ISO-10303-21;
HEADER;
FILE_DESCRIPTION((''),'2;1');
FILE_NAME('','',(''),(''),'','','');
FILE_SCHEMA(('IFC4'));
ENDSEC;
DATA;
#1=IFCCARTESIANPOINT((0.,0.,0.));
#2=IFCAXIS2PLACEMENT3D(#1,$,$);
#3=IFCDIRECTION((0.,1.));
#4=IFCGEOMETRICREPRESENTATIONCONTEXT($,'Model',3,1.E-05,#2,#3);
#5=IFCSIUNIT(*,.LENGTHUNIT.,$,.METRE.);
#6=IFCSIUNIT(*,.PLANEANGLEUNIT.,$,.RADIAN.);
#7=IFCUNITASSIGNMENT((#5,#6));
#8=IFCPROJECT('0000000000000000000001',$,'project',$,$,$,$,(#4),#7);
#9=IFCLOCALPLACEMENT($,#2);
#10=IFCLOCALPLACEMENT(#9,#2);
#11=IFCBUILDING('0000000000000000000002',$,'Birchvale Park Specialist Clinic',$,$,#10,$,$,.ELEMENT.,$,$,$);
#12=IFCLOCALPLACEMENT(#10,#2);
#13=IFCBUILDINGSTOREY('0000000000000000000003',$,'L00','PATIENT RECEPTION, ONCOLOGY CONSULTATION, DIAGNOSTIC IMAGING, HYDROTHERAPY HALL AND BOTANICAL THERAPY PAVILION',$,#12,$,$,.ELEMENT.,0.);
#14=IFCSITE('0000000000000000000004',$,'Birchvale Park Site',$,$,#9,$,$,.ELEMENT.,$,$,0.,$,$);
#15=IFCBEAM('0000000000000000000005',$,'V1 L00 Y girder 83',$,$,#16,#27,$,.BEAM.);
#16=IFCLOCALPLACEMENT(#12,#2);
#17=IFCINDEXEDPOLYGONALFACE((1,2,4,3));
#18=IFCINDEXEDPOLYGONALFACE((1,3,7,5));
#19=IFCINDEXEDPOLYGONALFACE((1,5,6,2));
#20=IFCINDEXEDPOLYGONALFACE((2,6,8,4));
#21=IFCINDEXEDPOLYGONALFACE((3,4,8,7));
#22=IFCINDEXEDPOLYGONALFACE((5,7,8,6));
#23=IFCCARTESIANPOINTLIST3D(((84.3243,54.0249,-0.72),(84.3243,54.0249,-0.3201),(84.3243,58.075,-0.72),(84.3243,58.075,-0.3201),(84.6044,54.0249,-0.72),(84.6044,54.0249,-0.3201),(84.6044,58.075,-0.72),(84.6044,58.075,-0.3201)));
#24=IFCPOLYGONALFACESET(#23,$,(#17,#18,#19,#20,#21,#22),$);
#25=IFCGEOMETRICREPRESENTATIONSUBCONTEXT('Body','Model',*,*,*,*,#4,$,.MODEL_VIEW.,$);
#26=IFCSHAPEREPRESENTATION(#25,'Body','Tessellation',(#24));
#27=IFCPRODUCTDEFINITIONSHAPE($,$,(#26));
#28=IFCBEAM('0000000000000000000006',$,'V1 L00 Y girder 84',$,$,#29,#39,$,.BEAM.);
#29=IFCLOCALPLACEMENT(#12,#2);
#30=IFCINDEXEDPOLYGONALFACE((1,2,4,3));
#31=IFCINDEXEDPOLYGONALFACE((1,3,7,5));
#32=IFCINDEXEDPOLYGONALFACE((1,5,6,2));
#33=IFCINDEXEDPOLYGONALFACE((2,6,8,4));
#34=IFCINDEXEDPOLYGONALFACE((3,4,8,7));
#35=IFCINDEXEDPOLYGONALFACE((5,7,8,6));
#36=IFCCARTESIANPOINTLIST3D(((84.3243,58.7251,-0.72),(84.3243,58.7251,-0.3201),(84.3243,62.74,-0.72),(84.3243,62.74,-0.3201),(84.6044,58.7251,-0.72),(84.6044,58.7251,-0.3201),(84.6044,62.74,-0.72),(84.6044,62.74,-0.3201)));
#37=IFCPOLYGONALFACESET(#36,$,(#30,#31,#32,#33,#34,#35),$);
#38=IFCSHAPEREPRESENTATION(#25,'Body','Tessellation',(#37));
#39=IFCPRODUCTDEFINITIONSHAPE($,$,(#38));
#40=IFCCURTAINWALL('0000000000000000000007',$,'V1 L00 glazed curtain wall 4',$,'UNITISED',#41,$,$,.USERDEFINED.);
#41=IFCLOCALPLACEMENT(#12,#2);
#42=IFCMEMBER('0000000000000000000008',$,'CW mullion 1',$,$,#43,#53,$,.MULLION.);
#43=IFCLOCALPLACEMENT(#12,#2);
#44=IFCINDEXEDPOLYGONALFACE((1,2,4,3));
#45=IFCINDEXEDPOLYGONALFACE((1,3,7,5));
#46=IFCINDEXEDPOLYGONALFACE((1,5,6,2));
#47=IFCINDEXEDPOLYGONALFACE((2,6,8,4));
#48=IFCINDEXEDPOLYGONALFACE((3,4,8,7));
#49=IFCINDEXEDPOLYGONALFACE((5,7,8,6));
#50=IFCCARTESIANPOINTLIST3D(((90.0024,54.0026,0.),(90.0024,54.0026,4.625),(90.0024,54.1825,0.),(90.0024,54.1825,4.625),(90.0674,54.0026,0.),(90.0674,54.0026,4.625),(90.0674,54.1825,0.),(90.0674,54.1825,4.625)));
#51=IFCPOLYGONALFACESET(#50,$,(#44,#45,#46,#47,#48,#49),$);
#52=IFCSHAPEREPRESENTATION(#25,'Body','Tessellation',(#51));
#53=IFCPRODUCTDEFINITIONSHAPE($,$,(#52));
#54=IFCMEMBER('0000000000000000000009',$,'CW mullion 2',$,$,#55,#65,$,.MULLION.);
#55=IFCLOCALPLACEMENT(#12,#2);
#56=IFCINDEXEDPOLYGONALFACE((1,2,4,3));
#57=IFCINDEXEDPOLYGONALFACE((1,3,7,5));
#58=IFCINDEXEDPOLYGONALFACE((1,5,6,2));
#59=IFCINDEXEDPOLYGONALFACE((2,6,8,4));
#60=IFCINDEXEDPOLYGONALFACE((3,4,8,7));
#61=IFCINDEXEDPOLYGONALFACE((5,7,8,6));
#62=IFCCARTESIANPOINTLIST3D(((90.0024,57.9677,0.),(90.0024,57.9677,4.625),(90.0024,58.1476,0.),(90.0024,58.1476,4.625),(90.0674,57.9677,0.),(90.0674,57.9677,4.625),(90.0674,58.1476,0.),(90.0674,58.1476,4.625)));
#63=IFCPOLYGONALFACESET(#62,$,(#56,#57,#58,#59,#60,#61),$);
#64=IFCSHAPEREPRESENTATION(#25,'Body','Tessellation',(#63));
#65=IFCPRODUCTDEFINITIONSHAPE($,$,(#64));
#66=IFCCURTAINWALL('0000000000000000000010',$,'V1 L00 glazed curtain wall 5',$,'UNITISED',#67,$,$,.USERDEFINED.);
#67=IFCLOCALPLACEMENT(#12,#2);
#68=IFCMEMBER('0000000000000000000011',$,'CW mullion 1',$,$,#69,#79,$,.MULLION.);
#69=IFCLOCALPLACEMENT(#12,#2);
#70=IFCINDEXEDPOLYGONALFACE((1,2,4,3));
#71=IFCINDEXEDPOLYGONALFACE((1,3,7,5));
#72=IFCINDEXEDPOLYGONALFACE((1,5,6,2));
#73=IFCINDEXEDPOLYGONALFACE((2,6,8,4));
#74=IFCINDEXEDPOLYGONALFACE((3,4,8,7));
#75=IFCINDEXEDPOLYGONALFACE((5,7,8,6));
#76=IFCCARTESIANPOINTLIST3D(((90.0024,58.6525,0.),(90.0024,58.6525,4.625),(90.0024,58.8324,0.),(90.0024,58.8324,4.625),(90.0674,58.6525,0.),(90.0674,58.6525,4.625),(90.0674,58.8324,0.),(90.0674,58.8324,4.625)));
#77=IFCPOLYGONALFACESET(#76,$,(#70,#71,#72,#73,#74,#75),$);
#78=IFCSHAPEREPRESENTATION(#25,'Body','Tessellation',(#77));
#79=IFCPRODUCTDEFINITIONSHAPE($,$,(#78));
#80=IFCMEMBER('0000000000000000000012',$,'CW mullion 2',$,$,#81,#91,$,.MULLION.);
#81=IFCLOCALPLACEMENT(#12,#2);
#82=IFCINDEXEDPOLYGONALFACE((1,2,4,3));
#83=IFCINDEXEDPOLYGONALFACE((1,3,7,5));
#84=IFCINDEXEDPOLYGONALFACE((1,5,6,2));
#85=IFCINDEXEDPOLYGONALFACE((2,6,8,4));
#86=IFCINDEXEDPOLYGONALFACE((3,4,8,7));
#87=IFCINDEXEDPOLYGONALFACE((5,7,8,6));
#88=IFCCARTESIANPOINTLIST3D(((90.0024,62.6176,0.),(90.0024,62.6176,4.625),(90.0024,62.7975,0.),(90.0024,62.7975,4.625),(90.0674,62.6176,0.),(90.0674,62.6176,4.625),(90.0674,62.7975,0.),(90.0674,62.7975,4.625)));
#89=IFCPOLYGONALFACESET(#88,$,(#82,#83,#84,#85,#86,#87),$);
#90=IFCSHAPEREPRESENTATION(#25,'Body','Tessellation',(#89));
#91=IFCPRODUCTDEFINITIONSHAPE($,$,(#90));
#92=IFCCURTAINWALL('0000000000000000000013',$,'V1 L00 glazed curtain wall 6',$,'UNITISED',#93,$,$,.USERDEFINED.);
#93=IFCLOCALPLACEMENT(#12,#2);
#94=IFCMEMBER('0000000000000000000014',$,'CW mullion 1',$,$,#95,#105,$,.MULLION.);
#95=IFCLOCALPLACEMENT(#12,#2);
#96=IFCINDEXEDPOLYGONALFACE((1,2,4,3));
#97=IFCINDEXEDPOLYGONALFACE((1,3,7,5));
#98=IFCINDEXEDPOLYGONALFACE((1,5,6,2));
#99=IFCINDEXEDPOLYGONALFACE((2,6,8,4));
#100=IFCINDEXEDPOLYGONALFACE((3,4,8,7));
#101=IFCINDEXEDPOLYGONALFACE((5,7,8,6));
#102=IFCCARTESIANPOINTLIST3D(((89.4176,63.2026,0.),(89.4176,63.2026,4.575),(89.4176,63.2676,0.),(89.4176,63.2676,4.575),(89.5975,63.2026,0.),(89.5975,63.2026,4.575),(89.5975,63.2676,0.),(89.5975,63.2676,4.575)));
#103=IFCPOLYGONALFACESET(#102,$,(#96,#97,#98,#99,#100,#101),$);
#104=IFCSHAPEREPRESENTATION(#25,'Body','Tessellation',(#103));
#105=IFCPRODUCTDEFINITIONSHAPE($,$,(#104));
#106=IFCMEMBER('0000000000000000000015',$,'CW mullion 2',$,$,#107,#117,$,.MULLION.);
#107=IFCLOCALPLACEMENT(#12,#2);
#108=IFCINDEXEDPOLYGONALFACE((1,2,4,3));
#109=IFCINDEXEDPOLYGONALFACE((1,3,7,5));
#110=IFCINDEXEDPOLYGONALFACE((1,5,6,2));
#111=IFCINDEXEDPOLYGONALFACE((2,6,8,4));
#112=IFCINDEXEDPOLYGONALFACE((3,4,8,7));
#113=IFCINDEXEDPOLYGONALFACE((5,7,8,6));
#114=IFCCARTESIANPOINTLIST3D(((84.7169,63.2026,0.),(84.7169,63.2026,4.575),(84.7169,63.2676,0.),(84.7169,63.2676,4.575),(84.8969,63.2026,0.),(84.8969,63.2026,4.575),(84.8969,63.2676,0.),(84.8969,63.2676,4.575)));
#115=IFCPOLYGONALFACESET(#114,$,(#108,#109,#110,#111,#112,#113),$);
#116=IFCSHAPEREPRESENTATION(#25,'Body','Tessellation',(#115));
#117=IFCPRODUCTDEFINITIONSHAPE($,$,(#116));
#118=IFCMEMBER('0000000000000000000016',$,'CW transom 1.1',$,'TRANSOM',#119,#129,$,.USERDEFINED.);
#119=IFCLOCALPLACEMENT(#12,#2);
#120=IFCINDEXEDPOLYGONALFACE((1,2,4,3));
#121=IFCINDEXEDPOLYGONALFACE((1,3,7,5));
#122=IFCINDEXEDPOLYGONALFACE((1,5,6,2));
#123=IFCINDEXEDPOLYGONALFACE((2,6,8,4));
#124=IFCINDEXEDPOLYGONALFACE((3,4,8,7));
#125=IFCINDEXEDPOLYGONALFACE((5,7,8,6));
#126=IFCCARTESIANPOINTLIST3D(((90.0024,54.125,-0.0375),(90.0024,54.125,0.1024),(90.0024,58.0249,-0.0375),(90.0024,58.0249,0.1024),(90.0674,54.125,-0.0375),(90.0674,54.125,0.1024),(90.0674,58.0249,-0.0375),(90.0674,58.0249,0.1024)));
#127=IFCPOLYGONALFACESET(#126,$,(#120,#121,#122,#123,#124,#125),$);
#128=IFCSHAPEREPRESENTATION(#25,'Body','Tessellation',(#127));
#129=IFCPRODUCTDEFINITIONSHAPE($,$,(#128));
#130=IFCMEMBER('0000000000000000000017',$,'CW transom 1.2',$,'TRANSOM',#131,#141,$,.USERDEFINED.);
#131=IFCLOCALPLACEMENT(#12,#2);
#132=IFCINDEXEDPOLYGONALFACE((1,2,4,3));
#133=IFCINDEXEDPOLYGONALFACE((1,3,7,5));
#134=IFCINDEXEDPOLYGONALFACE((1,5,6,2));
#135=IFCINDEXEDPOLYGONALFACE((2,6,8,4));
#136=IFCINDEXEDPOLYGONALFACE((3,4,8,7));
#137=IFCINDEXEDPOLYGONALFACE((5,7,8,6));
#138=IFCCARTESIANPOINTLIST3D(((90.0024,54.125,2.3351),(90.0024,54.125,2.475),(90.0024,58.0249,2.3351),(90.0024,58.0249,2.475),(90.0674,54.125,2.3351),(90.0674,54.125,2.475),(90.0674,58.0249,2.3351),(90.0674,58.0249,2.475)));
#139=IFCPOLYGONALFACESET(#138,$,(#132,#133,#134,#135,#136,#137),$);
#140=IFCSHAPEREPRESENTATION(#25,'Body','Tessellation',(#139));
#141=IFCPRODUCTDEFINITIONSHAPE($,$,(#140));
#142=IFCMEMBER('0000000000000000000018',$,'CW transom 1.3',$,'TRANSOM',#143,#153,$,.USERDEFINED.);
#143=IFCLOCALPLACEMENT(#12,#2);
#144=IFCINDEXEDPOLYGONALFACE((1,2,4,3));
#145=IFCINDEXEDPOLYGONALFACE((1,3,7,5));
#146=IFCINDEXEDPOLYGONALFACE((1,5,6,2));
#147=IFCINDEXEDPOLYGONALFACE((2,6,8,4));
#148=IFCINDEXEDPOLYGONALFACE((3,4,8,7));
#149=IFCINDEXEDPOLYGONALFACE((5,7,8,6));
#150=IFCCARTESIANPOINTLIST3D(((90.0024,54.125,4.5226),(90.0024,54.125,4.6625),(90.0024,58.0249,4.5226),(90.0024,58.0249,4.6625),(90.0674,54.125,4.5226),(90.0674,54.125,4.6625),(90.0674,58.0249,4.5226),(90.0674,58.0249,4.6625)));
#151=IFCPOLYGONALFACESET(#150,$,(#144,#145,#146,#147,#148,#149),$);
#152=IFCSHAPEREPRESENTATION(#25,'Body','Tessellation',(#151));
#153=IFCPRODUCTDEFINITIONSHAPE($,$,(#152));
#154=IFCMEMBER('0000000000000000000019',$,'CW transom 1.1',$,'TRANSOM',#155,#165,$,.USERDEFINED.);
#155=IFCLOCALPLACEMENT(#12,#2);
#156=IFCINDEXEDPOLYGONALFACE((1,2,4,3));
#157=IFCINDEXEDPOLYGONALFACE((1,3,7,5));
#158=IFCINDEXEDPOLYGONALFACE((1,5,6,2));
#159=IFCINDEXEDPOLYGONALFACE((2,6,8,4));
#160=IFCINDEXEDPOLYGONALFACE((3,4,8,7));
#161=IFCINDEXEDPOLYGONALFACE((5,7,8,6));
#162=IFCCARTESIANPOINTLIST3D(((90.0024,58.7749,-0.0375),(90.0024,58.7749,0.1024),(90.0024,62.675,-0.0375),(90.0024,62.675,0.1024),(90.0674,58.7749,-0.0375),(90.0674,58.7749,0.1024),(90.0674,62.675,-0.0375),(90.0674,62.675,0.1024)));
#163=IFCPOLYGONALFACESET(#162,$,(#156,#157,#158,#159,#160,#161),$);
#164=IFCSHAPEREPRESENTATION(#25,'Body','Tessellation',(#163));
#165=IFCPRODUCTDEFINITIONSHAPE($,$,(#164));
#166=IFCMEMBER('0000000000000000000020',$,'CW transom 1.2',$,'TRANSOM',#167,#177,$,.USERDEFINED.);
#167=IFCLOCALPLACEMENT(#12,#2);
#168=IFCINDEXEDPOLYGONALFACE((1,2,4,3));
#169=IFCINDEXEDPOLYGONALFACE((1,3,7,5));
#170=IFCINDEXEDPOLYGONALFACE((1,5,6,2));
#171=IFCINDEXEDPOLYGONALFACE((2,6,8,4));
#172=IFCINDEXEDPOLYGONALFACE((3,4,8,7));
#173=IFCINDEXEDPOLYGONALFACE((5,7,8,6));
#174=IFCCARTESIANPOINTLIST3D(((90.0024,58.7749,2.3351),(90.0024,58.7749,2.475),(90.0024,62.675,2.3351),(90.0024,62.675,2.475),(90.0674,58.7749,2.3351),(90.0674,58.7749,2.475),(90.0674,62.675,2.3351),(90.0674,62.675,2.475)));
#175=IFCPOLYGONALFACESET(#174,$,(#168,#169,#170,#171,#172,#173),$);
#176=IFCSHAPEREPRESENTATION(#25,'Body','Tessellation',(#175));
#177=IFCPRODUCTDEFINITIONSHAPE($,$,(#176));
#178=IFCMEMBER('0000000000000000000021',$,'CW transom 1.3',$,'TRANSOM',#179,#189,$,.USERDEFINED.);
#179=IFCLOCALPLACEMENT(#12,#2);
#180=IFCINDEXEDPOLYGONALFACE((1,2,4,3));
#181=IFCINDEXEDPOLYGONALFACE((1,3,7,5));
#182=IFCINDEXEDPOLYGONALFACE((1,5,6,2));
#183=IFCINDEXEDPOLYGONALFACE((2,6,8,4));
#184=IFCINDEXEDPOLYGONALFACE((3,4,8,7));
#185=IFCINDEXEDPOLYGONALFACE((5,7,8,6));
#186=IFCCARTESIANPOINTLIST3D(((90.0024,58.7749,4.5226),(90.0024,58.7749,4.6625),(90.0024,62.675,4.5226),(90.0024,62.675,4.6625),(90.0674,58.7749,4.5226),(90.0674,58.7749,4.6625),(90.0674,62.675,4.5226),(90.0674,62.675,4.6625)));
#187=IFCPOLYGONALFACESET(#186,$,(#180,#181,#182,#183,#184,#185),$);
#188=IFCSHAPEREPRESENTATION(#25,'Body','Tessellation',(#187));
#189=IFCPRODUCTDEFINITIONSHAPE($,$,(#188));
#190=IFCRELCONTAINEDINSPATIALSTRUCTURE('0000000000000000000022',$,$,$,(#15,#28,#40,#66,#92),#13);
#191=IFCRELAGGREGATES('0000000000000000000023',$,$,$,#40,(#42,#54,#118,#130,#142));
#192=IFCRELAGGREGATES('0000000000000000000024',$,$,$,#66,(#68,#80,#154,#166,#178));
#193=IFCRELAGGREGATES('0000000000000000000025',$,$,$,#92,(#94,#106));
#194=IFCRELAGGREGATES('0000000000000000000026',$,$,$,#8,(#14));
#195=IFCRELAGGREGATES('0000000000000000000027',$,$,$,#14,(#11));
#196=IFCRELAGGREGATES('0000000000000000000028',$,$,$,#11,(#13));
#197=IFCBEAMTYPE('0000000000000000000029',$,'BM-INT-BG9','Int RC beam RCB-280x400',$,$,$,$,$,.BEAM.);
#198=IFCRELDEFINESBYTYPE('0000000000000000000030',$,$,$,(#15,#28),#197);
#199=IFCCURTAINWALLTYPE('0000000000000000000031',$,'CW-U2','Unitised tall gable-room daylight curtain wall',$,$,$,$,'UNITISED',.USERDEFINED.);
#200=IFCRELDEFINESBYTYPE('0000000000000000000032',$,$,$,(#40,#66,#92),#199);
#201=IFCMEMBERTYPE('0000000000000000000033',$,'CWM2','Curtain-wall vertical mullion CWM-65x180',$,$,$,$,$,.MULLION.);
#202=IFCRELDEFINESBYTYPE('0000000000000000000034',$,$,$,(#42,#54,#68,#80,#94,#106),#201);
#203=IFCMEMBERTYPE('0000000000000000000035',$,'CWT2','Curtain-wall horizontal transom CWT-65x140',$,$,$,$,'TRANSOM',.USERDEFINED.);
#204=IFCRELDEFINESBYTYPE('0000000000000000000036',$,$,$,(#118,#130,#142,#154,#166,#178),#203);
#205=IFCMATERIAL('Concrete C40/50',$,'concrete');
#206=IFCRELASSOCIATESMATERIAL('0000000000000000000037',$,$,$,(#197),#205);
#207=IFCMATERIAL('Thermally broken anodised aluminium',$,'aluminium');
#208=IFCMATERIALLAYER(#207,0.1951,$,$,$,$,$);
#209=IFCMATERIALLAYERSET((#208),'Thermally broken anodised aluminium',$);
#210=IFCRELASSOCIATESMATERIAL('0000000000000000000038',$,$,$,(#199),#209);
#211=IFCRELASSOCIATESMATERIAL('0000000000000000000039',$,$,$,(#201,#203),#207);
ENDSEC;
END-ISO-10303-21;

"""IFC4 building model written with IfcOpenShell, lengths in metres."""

from ifc_helpers import new_model, si_unit, direction, frame, origin, origin_2d, place, context, subcontext, project, spatial, rectangle, extrude, material, layer, layer_set, material_profile, profile_set, type_object, element, aggregate, save


model = new_model("IFC4")

# Units and contexts
model_context = context("Model", 3, precision=1e-05, world=origin(), true_north=direction((0.0, 1.0)))
body_context = subcontext(model_context, "Body", "Model", "MODEL_VIEW")
ifc_project = project(units=[si_unit("LENGTHUNIT", "METRE"), si_unit("PLANEANGLEUNIT", "RADIAN")], contexts=[model_context])

# Site, building, storey
site_placement = place(None, origin())
site = spatial("IfcSite", under=ifc_project, at=site_placement, Name="Birchvale Park Site", CompositionType="ELEMENT", RefElevation=0.0)
building_placement = place(site_placement, origin())
building = spatial("IfcBuilding", under=site, at=building_placement, Name="Birchvale Park Specialist Clinic", CompositionType="ELEMENT")
storey_placement = place(building_placement, origin())
storey = spatial("IfcBuildingStorey", under=building, at=storey_placement, Name="L00", Description="PATIENT RECEPTION, ONCOLOGY CONSULTATION, DIAGNOSTIC IMAGING, HYDROTHERAPY HALL AND BOTANICAL THERAPY PAVILION", CompositionType="ELEMENT", Elevation=0.0)

# Shared definitions
ifc_material_1 = material(Name="Concrete C40/50", Category="concrete")

# Beams
ifc_material_profile_1 = material_profile(ifc_material_1, rectangle(XDim=0.28, YDim=0.3999, at=origin_2d()), Name="RCB-280x400")
ifc_profile_set_1 = profile_set([ifc_material_profile_1], Name="Concrete C40/50")
beam_type_1 = type_object("IfcBeamType", Name="BM-INT-BG9", Description="Int RC beam RCB-280x400", PredefinedType="BEAM", material=ifc_profile_set_1)
beam_1_placement = place(storey_placement, frame((84.4644, 54.0249, -0.52), z_axis=(0.0, 1.0, 0.0), x_axis=(-1.0, 0.0, 0.0)))
element("IfcBeam", 1, at=beam_1_placement, inside=storey, type_object=beam_type_1, Name="V1 L00 Y girder 83", PredefinedType="BEAM", context=body_context, shape_type="SweptSolid", body=[
    extrude(rectangle(XDim=0.28, YDim=0.3999, at=origin_2d()), origin(), (0.0, 0.0, 1.0), 4.05),
])
beam_2_placement = place(storey_placement, frame((84.4644, 58.7251, -0.52), z_axis=(0.0, 1.0, 0.0), x_axis=(-1.0, 0.0, 0.0)))
element("IfcBeam", 2, at=beam_2_placement, inside=storey, type_object=beam_type_1, Name="V1 L00 Y girder 84", PredefinedType="BEAM", context=body_context, shape_type="SweptSolid", body=[
    extrude(rectangle(XDim=0.28, YDim=0.3999, at=origin_2d()), origin(), (0.0, 0.0, 1.0), 4.0149),
])

# Curtain walls, members
ifc_material_2 = material(Name="Thermally broken anodised aluminium", Category="aluminium")
ifc_layer_1 = layer(ifc_material_2, 0.1951)
ifc_layer_set_1 = layer_set([ifc_layer_1], Name="Thermally broken anodised aluminium")
curtain_wall_type = type_object("IfcCurtainWallType", Name="CW-U2", Description="Unitised tall gable-room daylight curtain wall", ElementType="UNITISED", PredefinedType="USERDEFINED", material=ifc_layer_set_1)
curtain_wall_1_placement = place(storey_placement, origin())
curtain_wall_1 = element("IfcCurtainWall", 3, at=curtain_wall_1_placement, inside=storey, type_object=curtain_wall_type, Name="V1 L00 glazed curtain wall 4", ObjectType="UNITISED", PredefinedType="USERDEFINED")
ifc_material_profile_2 = material_profile(ifc_material_2, rectangle(XDim=0.0649, YDim=0.1799, at=origin_2d()), Name="CWM-65x180")
ifc_profile_set_2 = profile_set([ifc_material_profile_2], Name="Thermally broken anodised aluminium")
member_type_1 = type_object("IfcMemberType", Name="CWM2", Description="Curtain-wall vertical mullion CWM-65x180", PredefinedType="MULLION", material=ifc_profile_set_2)
member_1_placement = place(storey_placement, frame((90.0349, 54.0925, 0.0), z_axis=(0.0, 0.0, 1.0), x_axis=(-1.0, 0.0, 0.0)))
member_1 = element("IfcMember", 4, at=member_1_placement, type_object=member_type_1, Name="CW mullion 1", PredefinedType="MULLION", context=body_context, shape_type="SweptSolid", body=[
    extrude(rectangle(XDim=0.0649, YDim=0.1799, at=origin_2d()), origin(), (0.0, 0.0, 1.0), 4.625),
])
member_2_placement = place(storey_placement, frame((90.0349, 58.0576, 0.0), z_axis=(0.0, 0.0, 1.0), x_axis=(-1.0, 0.0, 0.0)))
member_2 = element("IfcMember", 5, at=member_2_placement, type_object=member_type_1, Name="CW mullion 2", PredefinedType="MULLION", context=body_context, shape_type="SweptSolid", body=[
    extrude(rectangle(XDim=0.0649, YDim=0.1799, at=origin_2d()), origin(), (0.0, 0.0, 1.0), 4.625),
])
curtain_wall_2_placement = place(storey_placement, origin())
curtain_wall_2 = element("IfcCurtainWall", 6, at=curtain_wall_2_placement, inside=storey, type_object=curtain_wall_type, Name="V1 L00 glazed curtain wall 5", ObjectType="UNITISED", PredefinedType="USERDEFINED")
member_3_placement = place(storey_placement, frame((90.0349, 58.7424, 0.0), z_axis=(0.0, 0.0, 1.0), x_axis=(-1.0, 0.0, 0.0)))
member_3 = element("IfcMember", 7, at=member_3_placement, type_object=member_type_1, Name="CW mullion 1", PredefinedType="MULLION", context=body_context, shape_type="SweptSolid", body=[
    extrude(rectangle(XDim=0.0649, YDim=0.1799, at=origin_2d()), origin(), (0.0, 0.0, 1.0), 4.625),
])
member_4_placement = place(storey_placement, frame((90.0349, 62.7075, 0.0), z_axis=(0.0, 0.0, 1.0), x_axis=(-1.0, 0.0, 0.0)))
member_4 = element("IfcMember", 8, at=member_4_placement, type_object=member_type_1, Name="CW mullion 2", PredefinedType="MULLION", context=body_context, shape_type="SweptSolid", body=[
    extrude(rectangle(XDim=0.0649, YDim=0.1799, at=origin_2d()), origin(), (0.0, 0.0, 1.0), 4.625),
])
curtain_wall_3_placement = place(storey_placement, origin())
curtain_wall_3 = element("IfcCurtainWall", 9, at=curtain_wall_3_placement, inside=storey, type_object=curtain_wall_type, Name="V1 L00 glazed curtain wall 6", ObjectType="UNITISED", PredefinedType="USERDEFINED")
member_5_placement = place(storey_placement, frame((89.5076, 63.2351, 0.0), z_axis=(0.0, 0.0, 1.0), x_axis=(0.0, -1.0, 0.0)))
member_5 = element("IfcMember", 10, at=member_5_placement, type_object=member_type_1, Name="CW mullion 1", PredefinedType="MULLION", context=body_context, shape_type="SweptSolid", body=[
    extrude(rectangle(XDim=0.0649, YDim=0.1799, at=origin_2d()), origin(), (0.0, 0.0, 1.0), 4.575),
])
member_6_placement = place(storey_placement, frame((84.8069, 63.2351, 0.0), z_axis=(0.0, 0.0, 1.0), x_axis=(0.0, -1.0, 0.0)))
member_6 = element("IfcMember", 11, at=member_6_placement, type_object=member_type_1, Name="CW mullion 2", PredefinedType="MULLION", context=body_context, shape_type="SweptSolid", body=[
    extrude(rectangle(XDim=0.0649, YDim=0.1799, at=origin_2d()), origin(), (0.0, 0.0, 1.0), 4.575),
])

# Members
ifc_material_profile_3 = material_profile(ifc_material_2, rectangle(XDim=0.0649, YDim=0.1399, at=origin_2d()), Name="CWT-65x140")
ifc_profile_set_3 = profile_set([ifc_material_profile_3], Name="Thermally broken anodised aluminium")
member_type_2 = type_object("IfcMemberType", Name="CWT2", Description="Curtain-wall horizontal transom CWT-65x140", ElementType="TRANSOM", PredefinedType="USERDEFINED", material=ifc_profile_set_3)
member_7_placement = place(storey_placement, frame((90.0349, 54.125, 0.0325), z_axis=(0.0, 1.0, 0.0), x_axis=(-1.0, 0.0, 0.0)))
member_7 = element("IfcMember", 12, at=member_7_placement, type_object=member_type_2, Name="CW transom 1.1", ObjectType="TRANSOM", PredefinedType="USERDEFINED", context=body_context, shape_type="SweptSolid", body=[
    extrude(rectangle(XDim=0.0649, YDim=0.1399, at=origin_2d()), origin(), (0.0, 0.0, 1.0), 3.8999),
])
member_8_placement = place(storey_placement, frame((90.0349, 54.125, 2.405), z_axis=(0.0, 1.0, 0.0), x_axis=(-1.0, 0.0, 0.0)))
member_8 = element("IfcMember", 13, at=member_8_placement, type_object=member_type_2, Name="CW transom 1.2", ObjectType="TRANSOM", PredefinedType="USERDEFINED", context=body_context, shape_type="SweptSolid", body=[
    extrude(rectangle(XDim=0.0649, YDim=0.1399, at=origin_2d()), origin(), (0.0, 0.0, 1.0), 3.8999),
])
member_9_placement = place(storey_placement, frame((90.0349, 54.125, 4.5925), z_axis=(0.0, 1.0, 0.0), x_axis=(-1.0, 0.0, 0.0)))
member_9 = element("IfcMember", 14, at=member_9_placement, type_object=member_type_2, Name="CW transom 1.3", ObjectType="TRANSOM", PredefinedType="USERDEFINED", context=body_context, shape_type="SweptSolid", body=[
    extrude(rectangle(XDim=0.0649, YDim=0.1399, at=origin_2d()), origin(), (0.0, 0.0, 1.0), 3.8999),
])
member_10_placement = place(storey_placement, frame((90.0349, 58.7749, 0.0325), z_axis=(0.0, 1.0, 0.0), x_axis=(-1.0, 0.0, 0.0)))
member_10 = element("IfcMember", 15, at=member_10_placement, type_object=member_type_2, Name="CW transom 1.1", ObjectType="TRANSOM", PredefinedType="USERDEFINED", context=body_context, shape_type="SweptSolid", body=[
    extrude(rectangle(XDim=0.0649, YDim=0.1399, at=origin_2d()), origin(), (0.0, 0.0, 1.0), 3.9001),
])
member_11_placement = place(storey_placement, frame((90.0349, 58.7749, 2.405), z_axis=(0.0, 1.0, 0.0), x_axis=(-1.0, 0.0, 0.0)))
member_11 = element("IfcMember", 16, at=member_11_placement, type_object=member_type_2, Name="CW transom 1.2", ObjectType="TRANSOM", PredefinedType="USERDEFINED", context=body_context, shape_type="SweptSolid", body=[
    extrude(rectangle(XDim=0.0649, YDim=0.1399, at=origin_2d()), origin(), (0.0, 0.0, 1.0), 3.9001),
])
member_12_placement = place(storey_placement, frame((90.0349, 58.7749, 4.5925), z_axis=(0.0, 1.0, 0.0), x_axis=(-1.0, 0.0, 0.0)))
member_12 = element("IfcMember", 17, at=member_12_placement, type_object=member_type_2, Name="CW transom 1.3", ObjectType="TRANSOM", PredefinedType="USERDEFINED", context=body_context, shape_type="SweptSolid", body=[
    extrude(rectangle(XDim=0.0649, YDim=0.1399, at=origin_2d()), origin(), (0.0, 0.0, 1.0), 3.9001),
])

aggregate(curtain_wall_1, [member_1, member_2, member_7, member_8, member_9])
aggregate(curtain_wall_2, [member_3, member_4, member_10, member_11, member_12])
aggregate(curtain_wall_3, [member_5, member_6])

save(model, "model.ifc")
